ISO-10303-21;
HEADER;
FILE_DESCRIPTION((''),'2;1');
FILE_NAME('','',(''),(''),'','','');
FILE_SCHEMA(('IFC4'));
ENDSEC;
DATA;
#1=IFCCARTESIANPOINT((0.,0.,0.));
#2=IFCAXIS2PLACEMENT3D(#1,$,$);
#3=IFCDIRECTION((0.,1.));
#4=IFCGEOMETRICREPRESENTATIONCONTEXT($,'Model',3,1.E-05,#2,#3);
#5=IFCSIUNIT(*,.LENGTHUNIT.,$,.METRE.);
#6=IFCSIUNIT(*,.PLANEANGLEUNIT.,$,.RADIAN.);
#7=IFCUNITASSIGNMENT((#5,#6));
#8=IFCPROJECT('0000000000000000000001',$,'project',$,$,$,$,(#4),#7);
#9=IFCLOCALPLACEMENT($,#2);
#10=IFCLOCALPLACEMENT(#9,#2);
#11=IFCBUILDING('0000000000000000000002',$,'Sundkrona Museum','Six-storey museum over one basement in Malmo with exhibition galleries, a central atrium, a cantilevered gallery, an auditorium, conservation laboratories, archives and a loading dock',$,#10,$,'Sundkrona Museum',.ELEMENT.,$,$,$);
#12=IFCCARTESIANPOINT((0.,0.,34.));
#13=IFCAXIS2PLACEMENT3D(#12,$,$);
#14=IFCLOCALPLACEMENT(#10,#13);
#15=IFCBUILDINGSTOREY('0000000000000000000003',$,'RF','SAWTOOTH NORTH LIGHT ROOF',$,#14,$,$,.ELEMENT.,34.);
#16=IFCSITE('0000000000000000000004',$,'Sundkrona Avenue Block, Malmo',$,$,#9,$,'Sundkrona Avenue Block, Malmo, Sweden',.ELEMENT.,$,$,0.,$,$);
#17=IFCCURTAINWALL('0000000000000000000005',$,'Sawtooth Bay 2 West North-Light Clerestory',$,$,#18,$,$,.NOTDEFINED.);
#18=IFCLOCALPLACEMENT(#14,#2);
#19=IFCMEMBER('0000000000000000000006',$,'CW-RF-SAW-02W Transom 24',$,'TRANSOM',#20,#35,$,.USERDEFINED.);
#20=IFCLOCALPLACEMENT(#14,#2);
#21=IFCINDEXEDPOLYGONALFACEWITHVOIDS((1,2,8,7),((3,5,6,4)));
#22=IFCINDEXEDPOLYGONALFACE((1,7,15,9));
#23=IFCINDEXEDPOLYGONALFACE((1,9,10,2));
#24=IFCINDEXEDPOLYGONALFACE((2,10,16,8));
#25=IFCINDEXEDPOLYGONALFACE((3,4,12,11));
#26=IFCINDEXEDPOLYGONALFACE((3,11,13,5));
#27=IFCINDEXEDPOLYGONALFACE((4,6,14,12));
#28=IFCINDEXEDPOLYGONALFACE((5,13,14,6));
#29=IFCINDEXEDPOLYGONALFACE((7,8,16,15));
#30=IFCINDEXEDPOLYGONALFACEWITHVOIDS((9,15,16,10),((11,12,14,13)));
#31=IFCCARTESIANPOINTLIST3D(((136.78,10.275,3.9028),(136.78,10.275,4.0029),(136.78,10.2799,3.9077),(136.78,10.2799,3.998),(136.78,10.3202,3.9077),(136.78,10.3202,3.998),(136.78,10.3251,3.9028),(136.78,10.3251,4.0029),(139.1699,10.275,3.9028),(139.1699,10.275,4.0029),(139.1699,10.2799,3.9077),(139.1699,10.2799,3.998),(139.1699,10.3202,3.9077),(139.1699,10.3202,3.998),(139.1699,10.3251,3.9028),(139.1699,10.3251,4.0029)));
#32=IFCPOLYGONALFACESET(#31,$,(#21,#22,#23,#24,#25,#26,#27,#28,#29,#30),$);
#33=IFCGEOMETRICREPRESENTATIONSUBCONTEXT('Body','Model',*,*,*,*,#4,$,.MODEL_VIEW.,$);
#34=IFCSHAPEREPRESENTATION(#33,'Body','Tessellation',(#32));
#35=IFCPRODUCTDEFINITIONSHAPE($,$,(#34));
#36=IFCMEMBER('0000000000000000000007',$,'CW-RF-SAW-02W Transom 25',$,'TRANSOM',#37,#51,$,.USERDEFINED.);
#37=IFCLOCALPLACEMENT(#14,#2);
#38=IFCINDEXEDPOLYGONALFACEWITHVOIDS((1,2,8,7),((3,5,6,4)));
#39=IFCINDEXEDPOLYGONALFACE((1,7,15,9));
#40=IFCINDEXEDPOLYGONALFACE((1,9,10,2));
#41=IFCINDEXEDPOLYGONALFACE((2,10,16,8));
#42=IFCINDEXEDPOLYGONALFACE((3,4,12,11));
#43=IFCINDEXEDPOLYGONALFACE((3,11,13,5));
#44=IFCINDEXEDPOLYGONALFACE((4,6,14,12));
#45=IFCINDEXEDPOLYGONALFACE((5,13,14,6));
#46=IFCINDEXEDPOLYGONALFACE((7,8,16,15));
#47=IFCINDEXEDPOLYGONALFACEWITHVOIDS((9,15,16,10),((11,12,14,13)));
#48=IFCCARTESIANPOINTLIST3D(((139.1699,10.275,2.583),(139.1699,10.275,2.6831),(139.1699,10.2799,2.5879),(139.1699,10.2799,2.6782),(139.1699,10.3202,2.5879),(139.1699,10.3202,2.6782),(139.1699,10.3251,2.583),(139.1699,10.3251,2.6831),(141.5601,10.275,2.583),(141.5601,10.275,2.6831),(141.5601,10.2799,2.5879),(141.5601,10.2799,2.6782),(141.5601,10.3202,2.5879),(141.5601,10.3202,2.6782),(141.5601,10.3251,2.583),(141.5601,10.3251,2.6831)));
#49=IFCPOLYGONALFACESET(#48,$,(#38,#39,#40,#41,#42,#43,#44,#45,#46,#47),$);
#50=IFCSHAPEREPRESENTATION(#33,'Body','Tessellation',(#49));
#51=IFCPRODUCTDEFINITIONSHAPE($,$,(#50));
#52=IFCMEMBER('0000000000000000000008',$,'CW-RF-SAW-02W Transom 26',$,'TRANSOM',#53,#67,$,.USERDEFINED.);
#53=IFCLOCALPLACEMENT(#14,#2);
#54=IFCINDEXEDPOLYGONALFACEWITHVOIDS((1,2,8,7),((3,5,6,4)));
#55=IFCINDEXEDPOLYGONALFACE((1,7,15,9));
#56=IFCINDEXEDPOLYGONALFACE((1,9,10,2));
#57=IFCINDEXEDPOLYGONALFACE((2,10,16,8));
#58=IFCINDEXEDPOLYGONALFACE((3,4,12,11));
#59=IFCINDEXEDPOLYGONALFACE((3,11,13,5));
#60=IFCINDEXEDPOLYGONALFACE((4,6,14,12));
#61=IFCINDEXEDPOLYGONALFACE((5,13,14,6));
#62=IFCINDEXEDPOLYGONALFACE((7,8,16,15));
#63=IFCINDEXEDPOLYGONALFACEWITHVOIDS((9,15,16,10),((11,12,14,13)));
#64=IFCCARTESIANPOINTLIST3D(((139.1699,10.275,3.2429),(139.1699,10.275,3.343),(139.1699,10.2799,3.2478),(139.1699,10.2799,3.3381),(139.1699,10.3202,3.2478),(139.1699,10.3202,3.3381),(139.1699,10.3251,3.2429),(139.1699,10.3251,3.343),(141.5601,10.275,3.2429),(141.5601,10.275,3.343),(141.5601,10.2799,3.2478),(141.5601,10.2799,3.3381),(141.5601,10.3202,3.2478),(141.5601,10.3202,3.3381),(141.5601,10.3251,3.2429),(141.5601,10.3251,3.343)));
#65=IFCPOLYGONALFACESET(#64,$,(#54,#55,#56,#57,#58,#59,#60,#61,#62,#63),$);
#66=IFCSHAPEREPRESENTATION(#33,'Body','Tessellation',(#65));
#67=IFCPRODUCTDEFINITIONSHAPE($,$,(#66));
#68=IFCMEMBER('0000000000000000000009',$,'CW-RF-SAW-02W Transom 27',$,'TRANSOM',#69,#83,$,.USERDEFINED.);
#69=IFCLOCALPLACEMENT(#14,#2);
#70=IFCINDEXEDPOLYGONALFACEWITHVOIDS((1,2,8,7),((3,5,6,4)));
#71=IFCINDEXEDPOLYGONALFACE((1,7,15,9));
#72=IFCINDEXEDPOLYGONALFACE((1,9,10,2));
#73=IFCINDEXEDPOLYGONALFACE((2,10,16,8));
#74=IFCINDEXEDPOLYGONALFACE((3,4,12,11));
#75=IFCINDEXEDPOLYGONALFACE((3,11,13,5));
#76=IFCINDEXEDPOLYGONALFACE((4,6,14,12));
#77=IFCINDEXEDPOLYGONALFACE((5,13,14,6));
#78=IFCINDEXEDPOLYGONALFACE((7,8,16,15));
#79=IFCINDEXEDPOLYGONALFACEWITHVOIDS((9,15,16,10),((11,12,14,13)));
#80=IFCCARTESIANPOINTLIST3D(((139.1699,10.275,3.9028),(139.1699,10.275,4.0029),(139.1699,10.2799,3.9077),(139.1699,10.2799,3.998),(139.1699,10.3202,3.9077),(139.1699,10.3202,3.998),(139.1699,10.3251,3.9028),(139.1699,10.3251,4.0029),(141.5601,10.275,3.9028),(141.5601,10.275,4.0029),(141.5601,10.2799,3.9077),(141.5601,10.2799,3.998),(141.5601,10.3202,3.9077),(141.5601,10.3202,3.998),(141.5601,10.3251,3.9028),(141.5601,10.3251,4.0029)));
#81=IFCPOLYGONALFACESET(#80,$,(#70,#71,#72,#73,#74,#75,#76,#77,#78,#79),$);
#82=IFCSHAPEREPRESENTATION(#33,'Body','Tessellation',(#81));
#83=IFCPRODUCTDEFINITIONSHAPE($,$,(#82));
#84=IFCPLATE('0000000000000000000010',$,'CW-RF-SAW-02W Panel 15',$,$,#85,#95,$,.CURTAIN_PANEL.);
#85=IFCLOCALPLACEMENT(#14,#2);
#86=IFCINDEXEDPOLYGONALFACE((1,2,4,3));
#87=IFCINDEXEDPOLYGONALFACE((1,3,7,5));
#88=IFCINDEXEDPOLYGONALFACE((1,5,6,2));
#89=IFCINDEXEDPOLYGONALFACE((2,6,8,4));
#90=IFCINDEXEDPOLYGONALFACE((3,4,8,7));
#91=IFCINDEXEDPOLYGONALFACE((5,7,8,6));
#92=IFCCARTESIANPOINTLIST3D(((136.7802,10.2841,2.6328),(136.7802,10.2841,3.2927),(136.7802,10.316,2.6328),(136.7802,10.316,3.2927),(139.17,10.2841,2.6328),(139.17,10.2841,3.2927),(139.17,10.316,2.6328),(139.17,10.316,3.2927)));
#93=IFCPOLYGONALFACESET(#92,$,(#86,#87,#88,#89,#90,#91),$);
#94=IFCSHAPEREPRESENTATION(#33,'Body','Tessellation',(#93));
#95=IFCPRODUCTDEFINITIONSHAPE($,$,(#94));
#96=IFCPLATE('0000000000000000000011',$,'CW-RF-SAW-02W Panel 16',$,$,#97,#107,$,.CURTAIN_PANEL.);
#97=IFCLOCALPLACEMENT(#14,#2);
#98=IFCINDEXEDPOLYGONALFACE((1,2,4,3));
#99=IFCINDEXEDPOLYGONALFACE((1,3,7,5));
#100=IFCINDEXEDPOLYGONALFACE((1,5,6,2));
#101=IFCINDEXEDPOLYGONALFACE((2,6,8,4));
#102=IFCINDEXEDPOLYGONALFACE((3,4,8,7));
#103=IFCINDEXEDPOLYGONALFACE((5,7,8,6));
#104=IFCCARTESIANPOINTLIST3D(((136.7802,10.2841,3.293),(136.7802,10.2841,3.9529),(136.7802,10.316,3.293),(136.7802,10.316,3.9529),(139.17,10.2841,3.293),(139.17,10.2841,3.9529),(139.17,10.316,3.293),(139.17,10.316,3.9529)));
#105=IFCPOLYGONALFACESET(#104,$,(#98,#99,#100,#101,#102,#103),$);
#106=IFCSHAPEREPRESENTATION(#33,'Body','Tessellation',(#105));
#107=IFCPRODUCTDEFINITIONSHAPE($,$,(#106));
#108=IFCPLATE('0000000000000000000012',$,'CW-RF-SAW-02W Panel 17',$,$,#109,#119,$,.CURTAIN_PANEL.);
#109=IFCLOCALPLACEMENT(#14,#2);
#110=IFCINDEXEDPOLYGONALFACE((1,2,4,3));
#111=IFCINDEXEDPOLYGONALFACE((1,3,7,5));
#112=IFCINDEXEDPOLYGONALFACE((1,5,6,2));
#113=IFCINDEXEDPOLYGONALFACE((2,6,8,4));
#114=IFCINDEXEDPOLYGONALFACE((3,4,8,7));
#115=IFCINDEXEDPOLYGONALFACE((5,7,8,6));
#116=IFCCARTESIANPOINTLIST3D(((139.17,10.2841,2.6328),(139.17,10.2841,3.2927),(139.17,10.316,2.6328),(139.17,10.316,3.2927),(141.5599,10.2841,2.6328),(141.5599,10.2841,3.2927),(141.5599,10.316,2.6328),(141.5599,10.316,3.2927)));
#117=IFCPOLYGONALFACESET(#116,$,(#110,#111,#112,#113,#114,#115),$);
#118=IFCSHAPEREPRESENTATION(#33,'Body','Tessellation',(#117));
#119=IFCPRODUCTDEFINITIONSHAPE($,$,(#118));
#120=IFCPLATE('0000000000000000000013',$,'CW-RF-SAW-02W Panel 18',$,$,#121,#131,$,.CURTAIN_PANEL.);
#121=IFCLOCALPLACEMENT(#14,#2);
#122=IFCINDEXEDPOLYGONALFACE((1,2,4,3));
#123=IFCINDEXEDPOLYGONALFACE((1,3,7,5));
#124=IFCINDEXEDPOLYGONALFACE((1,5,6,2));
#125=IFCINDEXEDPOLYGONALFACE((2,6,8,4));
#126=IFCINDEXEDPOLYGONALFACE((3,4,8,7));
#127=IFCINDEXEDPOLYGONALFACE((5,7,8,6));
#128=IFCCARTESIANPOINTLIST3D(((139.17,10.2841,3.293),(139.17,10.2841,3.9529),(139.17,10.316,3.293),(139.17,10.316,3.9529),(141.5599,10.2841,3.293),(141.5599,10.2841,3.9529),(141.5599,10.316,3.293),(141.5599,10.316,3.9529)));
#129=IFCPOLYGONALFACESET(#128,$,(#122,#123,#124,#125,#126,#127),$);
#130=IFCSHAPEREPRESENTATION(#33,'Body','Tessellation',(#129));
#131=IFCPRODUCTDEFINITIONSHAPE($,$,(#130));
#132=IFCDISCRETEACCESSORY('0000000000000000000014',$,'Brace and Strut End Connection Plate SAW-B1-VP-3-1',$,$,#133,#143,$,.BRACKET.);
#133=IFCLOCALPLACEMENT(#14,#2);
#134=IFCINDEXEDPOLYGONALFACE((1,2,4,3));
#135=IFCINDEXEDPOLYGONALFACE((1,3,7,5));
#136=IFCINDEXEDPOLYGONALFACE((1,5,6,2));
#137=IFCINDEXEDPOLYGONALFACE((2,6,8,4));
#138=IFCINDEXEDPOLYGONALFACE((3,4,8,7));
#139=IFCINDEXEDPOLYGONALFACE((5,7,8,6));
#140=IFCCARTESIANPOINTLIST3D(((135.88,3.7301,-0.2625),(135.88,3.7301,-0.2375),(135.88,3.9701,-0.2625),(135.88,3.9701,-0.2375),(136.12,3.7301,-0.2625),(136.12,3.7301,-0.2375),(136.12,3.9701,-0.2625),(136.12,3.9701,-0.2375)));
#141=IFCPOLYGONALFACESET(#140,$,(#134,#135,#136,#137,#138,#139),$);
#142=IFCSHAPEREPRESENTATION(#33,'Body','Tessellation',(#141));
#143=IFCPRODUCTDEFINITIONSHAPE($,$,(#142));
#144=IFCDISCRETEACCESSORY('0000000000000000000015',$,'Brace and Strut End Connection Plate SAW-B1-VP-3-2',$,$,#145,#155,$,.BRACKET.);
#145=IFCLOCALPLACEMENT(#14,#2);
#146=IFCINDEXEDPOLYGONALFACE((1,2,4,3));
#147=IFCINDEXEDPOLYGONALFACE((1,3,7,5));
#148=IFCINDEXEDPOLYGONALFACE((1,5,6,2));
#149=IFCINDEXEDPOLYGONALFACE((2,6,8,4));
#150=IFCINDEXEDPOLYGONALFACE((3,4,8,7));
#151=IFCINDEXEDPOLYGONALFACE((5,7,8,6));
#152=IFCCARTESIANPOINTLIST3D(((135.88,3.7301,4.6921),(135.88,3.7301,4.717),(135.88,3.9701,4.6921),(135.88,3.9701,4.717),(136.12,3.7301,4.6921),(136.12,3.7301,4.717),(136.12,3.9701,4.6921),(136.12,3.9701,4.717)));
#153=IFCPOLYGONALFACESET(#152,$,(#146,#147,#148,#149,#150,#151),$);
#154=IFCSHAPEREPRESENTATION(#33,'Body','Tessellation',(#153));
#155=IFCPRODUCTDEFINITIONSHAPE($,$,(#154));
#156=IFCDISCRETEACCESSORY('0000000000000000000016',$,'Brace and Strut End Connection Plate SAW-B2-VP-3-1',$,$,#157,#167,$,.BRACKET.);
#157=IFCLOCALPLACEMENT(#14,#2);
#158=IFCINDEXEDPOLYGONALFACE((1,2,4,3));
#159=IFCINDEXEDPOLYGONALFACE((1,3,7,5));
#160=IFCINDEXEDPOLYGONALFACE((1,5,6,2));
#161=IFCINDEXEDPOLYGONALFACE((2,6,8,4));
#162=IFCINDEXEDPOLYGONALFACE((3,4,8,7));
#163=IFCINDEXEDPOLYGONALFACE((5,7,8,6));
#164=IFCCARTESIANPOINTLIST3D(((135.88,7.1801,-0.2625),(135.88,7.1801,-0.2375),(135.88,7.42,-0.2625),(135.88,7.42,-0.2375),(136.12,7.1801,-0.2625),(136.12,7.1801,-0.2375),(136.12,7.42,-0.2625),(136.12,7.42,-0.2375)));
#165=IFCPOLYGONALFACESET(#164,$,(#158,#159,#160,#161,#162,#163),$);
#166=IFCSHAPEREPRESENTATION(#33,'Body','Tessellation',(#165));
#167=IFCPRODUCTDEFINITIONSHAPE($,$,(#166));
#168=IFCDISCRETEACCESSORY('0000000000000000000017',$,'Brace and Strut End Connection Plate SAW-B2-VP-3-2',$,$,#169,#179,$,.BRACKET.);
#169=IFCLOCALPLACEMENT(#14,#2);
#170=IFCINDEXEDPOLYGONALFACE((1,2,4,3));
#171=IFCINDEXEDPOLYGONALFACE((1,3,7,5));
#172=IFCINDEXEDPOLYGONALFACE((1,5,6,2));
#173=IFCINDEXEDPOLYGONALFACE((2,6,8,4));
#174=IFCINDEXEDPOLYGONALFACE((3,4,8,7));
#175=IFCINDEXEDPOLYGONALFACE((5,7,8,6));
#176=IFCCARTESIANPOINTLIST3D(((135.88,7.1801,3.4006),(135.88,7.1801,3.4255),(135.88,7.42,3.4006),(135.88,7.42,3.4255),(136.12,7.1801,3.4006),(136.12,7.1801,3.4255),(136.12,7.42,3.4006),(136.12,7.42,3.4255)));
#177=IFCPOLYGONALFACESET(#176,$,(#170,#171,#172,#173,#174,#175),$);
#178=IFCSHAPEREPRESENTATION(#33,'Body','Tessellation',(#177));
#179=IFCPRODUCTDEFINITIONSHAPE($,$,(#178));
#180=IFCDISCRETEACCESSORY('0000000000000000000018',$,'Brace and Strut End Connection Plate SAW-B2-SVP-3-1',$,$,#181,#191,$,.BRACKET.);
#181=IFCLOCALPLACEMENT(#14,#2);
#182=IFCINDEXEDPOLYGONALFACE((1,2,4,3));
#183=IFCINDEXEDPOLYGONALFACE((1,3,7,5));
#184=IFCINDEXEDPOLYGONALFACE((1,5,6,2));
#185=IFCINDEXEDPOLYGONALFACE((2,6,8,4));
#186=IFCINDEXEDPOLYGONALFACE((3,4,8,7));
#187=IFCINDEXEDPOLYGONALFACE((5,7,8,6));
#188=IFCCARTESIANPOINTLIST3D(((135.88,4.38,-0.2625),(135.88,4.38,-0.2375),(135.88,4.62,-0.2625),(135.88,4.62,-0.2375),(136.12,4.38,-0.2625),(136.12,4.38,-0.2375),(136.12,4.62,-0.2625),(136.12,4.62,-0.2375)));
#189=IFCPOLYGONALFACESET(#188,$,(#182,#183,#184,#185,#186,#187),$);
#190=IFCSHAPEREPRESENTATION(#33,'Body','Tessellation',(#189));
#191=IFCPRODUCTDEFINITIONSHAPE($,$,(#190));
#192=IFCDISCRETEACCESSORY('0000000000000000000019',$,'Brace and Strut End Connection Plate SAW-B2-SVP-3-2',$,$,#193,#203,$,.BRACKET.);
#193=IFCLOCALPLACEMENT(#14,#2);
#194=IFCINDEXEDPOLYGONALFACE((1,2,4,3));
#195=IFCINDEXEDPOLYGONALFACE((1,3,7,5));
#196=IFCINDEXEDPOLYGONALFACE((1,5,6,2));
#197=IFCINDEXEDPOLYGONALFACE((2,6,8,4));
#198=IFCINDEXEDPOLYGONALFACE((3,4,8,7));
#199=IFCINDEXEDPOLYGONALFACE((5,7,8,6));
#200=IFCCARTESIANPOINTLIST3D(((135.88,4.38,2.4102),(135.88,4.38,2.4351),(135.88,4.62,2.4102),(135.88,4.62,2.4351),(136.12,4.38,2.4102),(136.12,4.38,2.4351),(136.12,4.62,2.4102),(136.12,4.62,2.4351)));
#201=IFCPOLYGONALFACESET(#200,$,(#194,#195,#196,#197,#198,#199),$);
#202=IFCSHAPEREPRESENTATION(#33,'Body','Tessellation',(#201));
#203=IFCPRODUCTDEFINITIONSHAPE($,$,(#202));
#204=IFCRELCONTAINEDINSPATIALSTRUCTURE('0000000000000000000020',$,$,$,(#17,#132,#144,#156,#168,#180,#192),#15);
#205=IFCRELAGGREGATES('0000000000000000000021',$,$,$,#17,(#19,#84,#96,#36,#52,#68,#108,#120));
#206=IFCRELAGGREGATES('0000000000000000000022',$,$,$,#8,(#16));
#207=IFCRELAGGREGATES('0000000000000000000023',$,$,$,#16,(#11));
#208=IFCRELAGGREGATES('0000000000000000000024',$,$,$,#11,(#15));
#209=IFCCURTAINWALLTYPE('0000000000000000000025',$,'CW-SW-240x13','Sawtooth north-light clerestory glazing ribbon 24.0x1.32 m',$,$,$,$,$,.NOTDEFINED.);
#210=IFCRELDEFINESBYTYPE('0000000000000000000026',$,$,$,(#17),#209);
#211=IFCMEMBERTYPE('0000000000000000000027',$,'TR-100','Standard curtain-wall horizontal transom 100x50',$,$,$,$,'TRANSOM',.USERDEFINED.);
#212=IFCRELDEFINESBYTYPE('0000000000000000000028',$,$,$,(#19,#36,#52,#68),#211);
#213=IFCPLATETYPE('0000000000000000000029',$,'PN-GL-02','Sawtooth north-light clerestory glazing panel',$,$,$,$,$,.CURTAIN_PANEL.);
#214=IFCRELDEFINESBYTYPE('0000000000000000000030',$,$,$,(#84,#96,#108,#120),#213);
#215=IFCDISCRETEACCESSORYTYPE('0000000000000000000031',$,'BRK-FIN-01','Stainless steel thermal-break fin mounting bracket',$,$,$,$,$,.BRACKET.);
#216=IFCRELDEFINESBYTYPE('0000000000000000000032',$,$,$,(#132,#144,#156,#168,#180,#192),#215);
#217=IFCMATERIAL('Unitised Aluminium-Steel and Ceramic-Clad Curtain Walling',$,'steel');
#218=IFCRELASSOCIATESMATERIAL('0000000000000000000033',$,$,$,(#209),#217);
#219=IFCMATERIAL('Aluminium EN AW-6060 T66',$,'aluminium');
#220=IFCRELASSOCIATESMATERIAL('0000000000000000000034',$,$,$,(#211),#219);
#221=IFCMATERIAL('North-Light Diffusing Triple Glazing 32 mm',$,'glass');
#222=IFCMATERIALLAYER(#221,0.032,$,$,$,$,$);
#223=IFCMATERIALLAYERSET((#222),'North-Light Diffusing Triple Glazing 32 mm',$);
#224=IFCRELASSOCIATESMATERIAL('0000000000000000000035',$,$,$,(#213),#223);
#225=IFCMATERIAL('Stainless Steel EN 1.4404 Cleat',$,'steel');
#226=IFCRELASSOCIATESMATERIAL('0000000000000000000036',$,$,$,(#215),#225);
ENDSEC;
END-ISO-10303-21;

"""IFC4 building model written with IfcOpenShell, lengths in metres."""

from ifc_helpers import new_model, si_unit, direction, frame, origin, origin_2d, place, context, subcontext, project, spatial, rectangle, hollow_rectangle, extrude, material, layer, layer_set, material_profile, profile_set, type_object, element, aggregate, save


model = new_model("IFC4")

# Units and contexts
model_context = context("Model", 3, precision=1e-05, world=origin(), true_north=direction((0.0, 1.0)))
body_context = subcontext(model_context, "Body", "Model", "MODEL_VIEW")
ifc_project = project(units=[si_unit("LENGTHUNIT", "METRE"), si_unit("PLANEANGLEUNIT", "RADIAN")], contexts=[model_context])

# Site, building, storey
site_placement = place(None, origin())
site = spatial("IfcSite", under=ifc_project, at=site_placement, Name="Sundkrona Avenue Block, Malmo", LongName="Sundkrona Avenue Block, Malmo, Sweden", CompositionType="ELEMENT", RefElevation=0.0)
building_placement = place(site_placement, origin())
building = spatial("IfcBuilding", under=site, at=building_placement, Name="Sundkrona Museum", Description="Six-storey museum over one basement in Malmo with exhibition galleries, a central atrium, a cantilevered gallery, an auditorium, conservation laboratories, archives and a loading dock", LongName="Sundkrona Museum", CompositionType="ELEMENT")
storey_placement = place(building_placement, frame((0.0, 0.0, 34.0)))
storey = spatial("IfcBuildingStorey", under=building, at=storey_placement, Name="RF", Description="SAWTOOTH NORTH LIGHT ROOF", CompositionType="ELEMENT", Elevation=34.0)

# Curtain wall
ifc_material_1 = material(Name="Unitised Aluminium-Steel and Ceramic-Clad Curtain Walling", Category="steel")
curtain_wall_type = type_object("IfcCurtainWallType", Name="CW-SW-240x13", Description="Sawtooth north-light clerestory glazing ribbon 24.0x1.32 m", PredefinedType="NOTDEFINED", material=ifc_material_1)
curtain_wall_placement = place(storey_placement, origin())
curtain_wall = element("IfcCurtainWall", 1, at=curtain_wall_placement, inside=storey, type_object=curtain_wall_type, Name="Sawtooth Bay 2 West North-Light Clerestory", PredefinedType="NOTDEFINED")
ifc_material_2 = material(Name="Aluminium EN AW-6060 T66", Category="aluminium")

# Members
ifc_material_profile_1 = material_profile(ifc_material_2, hollow_rectangle(XDim=0.05, YDim=0.1001, WallThickness=0.0049, at=origin_2d()), Name="RHS 100x50x5.0")
ifc_profile_set_1 = profile_set([ifc_material_profile_1], Name="Aluminium EN AW-6060 T66")
member_type_1 = type_object("IfcMemberType", Name="TR-100", Description="Standard curtain-wall horizontal transom 100x50", ElementType="TRANSOM", PredefinedType="USERDEFINED", material=ifc_profile_set_1)
member_1_placement = place(storey_placement, frame((136.78, 10.3, 3.9529), z_axis=(1.0, 0.0, 0.0), x_axis=(0.0, 1.0, 0.0)))
member_1 = element("IfcMember", 2, at=member_1_placement, type_object=member_type_1, Name="CW-RF-SAW-02W Transom 24", ObjectType="TRANSOM", PredefinedType="USERDEFINED", context=body_context, shape_type="SweptSolid", body=[
    extrude(hollow_rectangle(XDim=0.05, YDim=0.1001, WallThickness=0.0049, at=origin_2d()), origin(), (0.0, 0.0, 1.0), 2.3899),
])
member_2_placement = place(storey_placement, frame((139.1699, 10.3, 2.6331), z_axis=(1.0, 0.0, 0.0), x_axis=(0.0, 1.0, 0.0)))
member_2 = element("IfcMember", 3, at=member_2_placement, type_object=member_type_1, Name="CW-RF-SAW-02W Transom 25", ObjectType="TRANSOM", PredefinedType="USERDEFINED", context=body_context, shape_type="SweptSolid", body=[
    extrude(hollow_rectangle(XDim=0.05, YDim=0.1001, WallThickness=0.0049, at=origin_2d()), origin(), (0.0, 0.0, 1.0), 2.3901),
])
member_3_placement = place(storey_placement, frame((139.1699, 10.3, 3.293), z_axis=(1.0, 0.0, 0.0), x_axis=(0.0, 1.0, 0.0)))
member_3 = element("IfcMember", 4, at=member_3_placement, type_object=member_type_1, Name="CW-RF-SAW-02W Transom 26", ObjectType="TRANSOM", PredefinedType="USERDEFINED", context=body_context, shape_type="SweptSolid", body=[
    extrude(hollow_rectangle(XDim=0.05, YDim=0.1001, WallThickness=0.0049, at=origin_2d()), origin(), (0.0, 0.0, 1.0), 2.3901),
])
member_4_placement = place(storey_placement, frame((139.1699, 10.3, 3.9529), z_axis=(1.0, 0.0, 0.0), x_axis=(0.0, 1.0, 0.0)))
member_4 = element("IfcMember", 5, at=member_4_placement, type_object=member_type_1, Name="CW-RF-SAW-02W Transom 27", ObjectType="TRANSOM", PredefinedType="USERDEFINED", context=body_context, shape_type="SweptSolid", body=[
    extrude(hollow_rectangle(XDim=0.05, YDim=0.1001, WallThickness=0.0049, at=origin_2d()), origin(), (0.0, 0.0, 1.0), 2.3901),
])

# Plates
ifc_material_3 = material(Name="North-Light Diffusing Triple Glazing 32 mm", Category="glass")
ifc_layer = layer(ifc_material_3, 0.032)
ifc_layer_set = layer_set([ifc_layer], Name="North-Light Diffusing Triple Glazing 32 mm")
plate_type = type_object("IfcPlateType", Name="PN-GL-02", Description="Sawtooth north-light clerestory glazing panel", PredefinedType="CURTAIN_PANEL", material=ifc_layer_set)
plate_1_placement = place(storey_placement, frame((137.9751, 10.3, 2.6328), z_axis=(0.0, 0.0, 1.0), x_axis=(1.0, 0.0, 0.0)))
plate_1 = element("IfcPlate", 6, at=plate_1_placement, type_object=plate_type, Name="CW-RF-SAW-02W Panel 15", PredefinedType="CURTAIN_PANEL", context=body_context, shape_type="SweptSolid", body=[
    extrude(rectangle(XDim=2.3899, YDim=0.032, at=origin_2d()), origin(), (0.0, 0.0, 1.0), 0.6599),
])
plate_2_placement = place(storey_placement, frame((137.9751, 10.3, 3.293), z_axis=(0.0, 0.0, 1.0), x_axis=(1.0, 0.0, 0.0)))
plate_2 = element("IfcPlate", 7, at=plate_2_placement, type_object=plate_type, Name="CW-RF-SAW-02W Panel 16", PredefinedType="CURTAIN_PANEL", context=body_context, shape_type="SweptSolid", body=[
    extrude(rectangle(XDim=2.3899, YDim=0.032, at=origin_2d()), origin(), (0.0, 0.0, 1.0), 0.6599),
])
plate_3_placement = place(storey_placement, frame((140.365, 10.3, 2.6328), z_axis=(0.0, 0.0, 1.0), x_axis=(1.0, 0.0, 0.0)))
plate_3 = element("IfcPlate", 8, at=plate_3_placement, type_object=plate_type, Name="CW-RF-SAW-02W Panel 17", PredefinedType="CURTAIN_PANEL", context=body_context, shape_type="SweptSolid", body=[
    extrude(rectangle(XDim=2.3899, YDim=0.032, at=origin_2d()), origin(), (0.0, 0.0, 1.0), 0.6599),
])
plate_4_placement = place(storey_placement, frame((140.365, 10.3, 3.293), z_axis=(0.0, 0.0, 1.0), x_axis=(1.0, 0.0, 0.0)))
plate_4 = element("IfcPlate", 9, at=plate_4_placement, type_object=plate_type, Name="CW-RF-SAW-02W Panel 18", PredefinedType="CURTAIN_PANEL", context=body_context, shape_type="SweptSolid", body=[
    extrude(rectangle(XDim=2.3899, YDim=0.032, at=origin_2d()), origin(), (0.0, 0.0, 1.0), 0.6599),
])
aggregate(curtain_wall, [member_1, plate_1, plate_2, member_2, member_3, member_4, plate_3, plate_4])

# Discrete accessories
ifc_material_4 = material(Name="Stainless Steel EN 1.4404 Cleat", Category="steel")
discrete_accessory_type = type_object("IfcDiscreteAccessoryType", Name="BRK-FIN-01", Description="Stainless steel thermal-break fin mounting bracket", PredefinedType="BRACKET", material=ifc_material_4)
for number, where, z_axis, x_axis, name in (
    (10, (136.0, 3.8501, -0.2625), (0.0, 0.0, 1.0), (1.0, 0.0, 0.0), "Brace and Strut End Connection Plate SAW-B1-VP-3-1"),
    (11, (136.0, 3.8501, 4.6921), (0.0, 0.0, 1.0), (1.0, 0.0, 0.0), "Brace and Strut End Connection Plate SAW-B1-VP-3-2"),
    (12, (136.0, 7.3, -0.2625), (0.0, 0.0, 1.0), (1.0, 0.0, 0.0), "Brace and Strut End Connection Plate SAW-B2-VP-3-1"),
    (13, (136.0, 7.3, 3.4006), (0.0, 0.0, 1.0), (1.0, 0.0, 0.0), "Brace and Strut End Connection Plate SAW-B2-VP-3-2"),
    (14, (136.0, 4.5, -0.2625), (0.0, 0.0, 1.0), (1.0, 0.0, 0.0), "Brace and Strut End Connection Plate SAW-B2-SVP-3-1"),
    (15, (136.0, 4.5, 2.4102), (0.0, 0.0, 1.0), (1.0, 0.0, 0.0), "Brace and Strut End Connection Plate SAW-B2-SVP-3-2"),
):
    element("IfcDiscreteAccessory", number, at=place(storey_placement, frame(where, z_axis=z_axis, x_axis=x_axis)), inside=storey, type_object=discrete_accessory_type, Name=name, PredefinedType="BRACKET", context=body_context, shape_type="SweptSolid", body=[
        extrude(rectangle(XDim=0.24, YDim=0.24, at=origin_2d()), origin(), (0.0, 0.0, 1.0), 0.0249),
    ])

save(model, "model.ifc")
